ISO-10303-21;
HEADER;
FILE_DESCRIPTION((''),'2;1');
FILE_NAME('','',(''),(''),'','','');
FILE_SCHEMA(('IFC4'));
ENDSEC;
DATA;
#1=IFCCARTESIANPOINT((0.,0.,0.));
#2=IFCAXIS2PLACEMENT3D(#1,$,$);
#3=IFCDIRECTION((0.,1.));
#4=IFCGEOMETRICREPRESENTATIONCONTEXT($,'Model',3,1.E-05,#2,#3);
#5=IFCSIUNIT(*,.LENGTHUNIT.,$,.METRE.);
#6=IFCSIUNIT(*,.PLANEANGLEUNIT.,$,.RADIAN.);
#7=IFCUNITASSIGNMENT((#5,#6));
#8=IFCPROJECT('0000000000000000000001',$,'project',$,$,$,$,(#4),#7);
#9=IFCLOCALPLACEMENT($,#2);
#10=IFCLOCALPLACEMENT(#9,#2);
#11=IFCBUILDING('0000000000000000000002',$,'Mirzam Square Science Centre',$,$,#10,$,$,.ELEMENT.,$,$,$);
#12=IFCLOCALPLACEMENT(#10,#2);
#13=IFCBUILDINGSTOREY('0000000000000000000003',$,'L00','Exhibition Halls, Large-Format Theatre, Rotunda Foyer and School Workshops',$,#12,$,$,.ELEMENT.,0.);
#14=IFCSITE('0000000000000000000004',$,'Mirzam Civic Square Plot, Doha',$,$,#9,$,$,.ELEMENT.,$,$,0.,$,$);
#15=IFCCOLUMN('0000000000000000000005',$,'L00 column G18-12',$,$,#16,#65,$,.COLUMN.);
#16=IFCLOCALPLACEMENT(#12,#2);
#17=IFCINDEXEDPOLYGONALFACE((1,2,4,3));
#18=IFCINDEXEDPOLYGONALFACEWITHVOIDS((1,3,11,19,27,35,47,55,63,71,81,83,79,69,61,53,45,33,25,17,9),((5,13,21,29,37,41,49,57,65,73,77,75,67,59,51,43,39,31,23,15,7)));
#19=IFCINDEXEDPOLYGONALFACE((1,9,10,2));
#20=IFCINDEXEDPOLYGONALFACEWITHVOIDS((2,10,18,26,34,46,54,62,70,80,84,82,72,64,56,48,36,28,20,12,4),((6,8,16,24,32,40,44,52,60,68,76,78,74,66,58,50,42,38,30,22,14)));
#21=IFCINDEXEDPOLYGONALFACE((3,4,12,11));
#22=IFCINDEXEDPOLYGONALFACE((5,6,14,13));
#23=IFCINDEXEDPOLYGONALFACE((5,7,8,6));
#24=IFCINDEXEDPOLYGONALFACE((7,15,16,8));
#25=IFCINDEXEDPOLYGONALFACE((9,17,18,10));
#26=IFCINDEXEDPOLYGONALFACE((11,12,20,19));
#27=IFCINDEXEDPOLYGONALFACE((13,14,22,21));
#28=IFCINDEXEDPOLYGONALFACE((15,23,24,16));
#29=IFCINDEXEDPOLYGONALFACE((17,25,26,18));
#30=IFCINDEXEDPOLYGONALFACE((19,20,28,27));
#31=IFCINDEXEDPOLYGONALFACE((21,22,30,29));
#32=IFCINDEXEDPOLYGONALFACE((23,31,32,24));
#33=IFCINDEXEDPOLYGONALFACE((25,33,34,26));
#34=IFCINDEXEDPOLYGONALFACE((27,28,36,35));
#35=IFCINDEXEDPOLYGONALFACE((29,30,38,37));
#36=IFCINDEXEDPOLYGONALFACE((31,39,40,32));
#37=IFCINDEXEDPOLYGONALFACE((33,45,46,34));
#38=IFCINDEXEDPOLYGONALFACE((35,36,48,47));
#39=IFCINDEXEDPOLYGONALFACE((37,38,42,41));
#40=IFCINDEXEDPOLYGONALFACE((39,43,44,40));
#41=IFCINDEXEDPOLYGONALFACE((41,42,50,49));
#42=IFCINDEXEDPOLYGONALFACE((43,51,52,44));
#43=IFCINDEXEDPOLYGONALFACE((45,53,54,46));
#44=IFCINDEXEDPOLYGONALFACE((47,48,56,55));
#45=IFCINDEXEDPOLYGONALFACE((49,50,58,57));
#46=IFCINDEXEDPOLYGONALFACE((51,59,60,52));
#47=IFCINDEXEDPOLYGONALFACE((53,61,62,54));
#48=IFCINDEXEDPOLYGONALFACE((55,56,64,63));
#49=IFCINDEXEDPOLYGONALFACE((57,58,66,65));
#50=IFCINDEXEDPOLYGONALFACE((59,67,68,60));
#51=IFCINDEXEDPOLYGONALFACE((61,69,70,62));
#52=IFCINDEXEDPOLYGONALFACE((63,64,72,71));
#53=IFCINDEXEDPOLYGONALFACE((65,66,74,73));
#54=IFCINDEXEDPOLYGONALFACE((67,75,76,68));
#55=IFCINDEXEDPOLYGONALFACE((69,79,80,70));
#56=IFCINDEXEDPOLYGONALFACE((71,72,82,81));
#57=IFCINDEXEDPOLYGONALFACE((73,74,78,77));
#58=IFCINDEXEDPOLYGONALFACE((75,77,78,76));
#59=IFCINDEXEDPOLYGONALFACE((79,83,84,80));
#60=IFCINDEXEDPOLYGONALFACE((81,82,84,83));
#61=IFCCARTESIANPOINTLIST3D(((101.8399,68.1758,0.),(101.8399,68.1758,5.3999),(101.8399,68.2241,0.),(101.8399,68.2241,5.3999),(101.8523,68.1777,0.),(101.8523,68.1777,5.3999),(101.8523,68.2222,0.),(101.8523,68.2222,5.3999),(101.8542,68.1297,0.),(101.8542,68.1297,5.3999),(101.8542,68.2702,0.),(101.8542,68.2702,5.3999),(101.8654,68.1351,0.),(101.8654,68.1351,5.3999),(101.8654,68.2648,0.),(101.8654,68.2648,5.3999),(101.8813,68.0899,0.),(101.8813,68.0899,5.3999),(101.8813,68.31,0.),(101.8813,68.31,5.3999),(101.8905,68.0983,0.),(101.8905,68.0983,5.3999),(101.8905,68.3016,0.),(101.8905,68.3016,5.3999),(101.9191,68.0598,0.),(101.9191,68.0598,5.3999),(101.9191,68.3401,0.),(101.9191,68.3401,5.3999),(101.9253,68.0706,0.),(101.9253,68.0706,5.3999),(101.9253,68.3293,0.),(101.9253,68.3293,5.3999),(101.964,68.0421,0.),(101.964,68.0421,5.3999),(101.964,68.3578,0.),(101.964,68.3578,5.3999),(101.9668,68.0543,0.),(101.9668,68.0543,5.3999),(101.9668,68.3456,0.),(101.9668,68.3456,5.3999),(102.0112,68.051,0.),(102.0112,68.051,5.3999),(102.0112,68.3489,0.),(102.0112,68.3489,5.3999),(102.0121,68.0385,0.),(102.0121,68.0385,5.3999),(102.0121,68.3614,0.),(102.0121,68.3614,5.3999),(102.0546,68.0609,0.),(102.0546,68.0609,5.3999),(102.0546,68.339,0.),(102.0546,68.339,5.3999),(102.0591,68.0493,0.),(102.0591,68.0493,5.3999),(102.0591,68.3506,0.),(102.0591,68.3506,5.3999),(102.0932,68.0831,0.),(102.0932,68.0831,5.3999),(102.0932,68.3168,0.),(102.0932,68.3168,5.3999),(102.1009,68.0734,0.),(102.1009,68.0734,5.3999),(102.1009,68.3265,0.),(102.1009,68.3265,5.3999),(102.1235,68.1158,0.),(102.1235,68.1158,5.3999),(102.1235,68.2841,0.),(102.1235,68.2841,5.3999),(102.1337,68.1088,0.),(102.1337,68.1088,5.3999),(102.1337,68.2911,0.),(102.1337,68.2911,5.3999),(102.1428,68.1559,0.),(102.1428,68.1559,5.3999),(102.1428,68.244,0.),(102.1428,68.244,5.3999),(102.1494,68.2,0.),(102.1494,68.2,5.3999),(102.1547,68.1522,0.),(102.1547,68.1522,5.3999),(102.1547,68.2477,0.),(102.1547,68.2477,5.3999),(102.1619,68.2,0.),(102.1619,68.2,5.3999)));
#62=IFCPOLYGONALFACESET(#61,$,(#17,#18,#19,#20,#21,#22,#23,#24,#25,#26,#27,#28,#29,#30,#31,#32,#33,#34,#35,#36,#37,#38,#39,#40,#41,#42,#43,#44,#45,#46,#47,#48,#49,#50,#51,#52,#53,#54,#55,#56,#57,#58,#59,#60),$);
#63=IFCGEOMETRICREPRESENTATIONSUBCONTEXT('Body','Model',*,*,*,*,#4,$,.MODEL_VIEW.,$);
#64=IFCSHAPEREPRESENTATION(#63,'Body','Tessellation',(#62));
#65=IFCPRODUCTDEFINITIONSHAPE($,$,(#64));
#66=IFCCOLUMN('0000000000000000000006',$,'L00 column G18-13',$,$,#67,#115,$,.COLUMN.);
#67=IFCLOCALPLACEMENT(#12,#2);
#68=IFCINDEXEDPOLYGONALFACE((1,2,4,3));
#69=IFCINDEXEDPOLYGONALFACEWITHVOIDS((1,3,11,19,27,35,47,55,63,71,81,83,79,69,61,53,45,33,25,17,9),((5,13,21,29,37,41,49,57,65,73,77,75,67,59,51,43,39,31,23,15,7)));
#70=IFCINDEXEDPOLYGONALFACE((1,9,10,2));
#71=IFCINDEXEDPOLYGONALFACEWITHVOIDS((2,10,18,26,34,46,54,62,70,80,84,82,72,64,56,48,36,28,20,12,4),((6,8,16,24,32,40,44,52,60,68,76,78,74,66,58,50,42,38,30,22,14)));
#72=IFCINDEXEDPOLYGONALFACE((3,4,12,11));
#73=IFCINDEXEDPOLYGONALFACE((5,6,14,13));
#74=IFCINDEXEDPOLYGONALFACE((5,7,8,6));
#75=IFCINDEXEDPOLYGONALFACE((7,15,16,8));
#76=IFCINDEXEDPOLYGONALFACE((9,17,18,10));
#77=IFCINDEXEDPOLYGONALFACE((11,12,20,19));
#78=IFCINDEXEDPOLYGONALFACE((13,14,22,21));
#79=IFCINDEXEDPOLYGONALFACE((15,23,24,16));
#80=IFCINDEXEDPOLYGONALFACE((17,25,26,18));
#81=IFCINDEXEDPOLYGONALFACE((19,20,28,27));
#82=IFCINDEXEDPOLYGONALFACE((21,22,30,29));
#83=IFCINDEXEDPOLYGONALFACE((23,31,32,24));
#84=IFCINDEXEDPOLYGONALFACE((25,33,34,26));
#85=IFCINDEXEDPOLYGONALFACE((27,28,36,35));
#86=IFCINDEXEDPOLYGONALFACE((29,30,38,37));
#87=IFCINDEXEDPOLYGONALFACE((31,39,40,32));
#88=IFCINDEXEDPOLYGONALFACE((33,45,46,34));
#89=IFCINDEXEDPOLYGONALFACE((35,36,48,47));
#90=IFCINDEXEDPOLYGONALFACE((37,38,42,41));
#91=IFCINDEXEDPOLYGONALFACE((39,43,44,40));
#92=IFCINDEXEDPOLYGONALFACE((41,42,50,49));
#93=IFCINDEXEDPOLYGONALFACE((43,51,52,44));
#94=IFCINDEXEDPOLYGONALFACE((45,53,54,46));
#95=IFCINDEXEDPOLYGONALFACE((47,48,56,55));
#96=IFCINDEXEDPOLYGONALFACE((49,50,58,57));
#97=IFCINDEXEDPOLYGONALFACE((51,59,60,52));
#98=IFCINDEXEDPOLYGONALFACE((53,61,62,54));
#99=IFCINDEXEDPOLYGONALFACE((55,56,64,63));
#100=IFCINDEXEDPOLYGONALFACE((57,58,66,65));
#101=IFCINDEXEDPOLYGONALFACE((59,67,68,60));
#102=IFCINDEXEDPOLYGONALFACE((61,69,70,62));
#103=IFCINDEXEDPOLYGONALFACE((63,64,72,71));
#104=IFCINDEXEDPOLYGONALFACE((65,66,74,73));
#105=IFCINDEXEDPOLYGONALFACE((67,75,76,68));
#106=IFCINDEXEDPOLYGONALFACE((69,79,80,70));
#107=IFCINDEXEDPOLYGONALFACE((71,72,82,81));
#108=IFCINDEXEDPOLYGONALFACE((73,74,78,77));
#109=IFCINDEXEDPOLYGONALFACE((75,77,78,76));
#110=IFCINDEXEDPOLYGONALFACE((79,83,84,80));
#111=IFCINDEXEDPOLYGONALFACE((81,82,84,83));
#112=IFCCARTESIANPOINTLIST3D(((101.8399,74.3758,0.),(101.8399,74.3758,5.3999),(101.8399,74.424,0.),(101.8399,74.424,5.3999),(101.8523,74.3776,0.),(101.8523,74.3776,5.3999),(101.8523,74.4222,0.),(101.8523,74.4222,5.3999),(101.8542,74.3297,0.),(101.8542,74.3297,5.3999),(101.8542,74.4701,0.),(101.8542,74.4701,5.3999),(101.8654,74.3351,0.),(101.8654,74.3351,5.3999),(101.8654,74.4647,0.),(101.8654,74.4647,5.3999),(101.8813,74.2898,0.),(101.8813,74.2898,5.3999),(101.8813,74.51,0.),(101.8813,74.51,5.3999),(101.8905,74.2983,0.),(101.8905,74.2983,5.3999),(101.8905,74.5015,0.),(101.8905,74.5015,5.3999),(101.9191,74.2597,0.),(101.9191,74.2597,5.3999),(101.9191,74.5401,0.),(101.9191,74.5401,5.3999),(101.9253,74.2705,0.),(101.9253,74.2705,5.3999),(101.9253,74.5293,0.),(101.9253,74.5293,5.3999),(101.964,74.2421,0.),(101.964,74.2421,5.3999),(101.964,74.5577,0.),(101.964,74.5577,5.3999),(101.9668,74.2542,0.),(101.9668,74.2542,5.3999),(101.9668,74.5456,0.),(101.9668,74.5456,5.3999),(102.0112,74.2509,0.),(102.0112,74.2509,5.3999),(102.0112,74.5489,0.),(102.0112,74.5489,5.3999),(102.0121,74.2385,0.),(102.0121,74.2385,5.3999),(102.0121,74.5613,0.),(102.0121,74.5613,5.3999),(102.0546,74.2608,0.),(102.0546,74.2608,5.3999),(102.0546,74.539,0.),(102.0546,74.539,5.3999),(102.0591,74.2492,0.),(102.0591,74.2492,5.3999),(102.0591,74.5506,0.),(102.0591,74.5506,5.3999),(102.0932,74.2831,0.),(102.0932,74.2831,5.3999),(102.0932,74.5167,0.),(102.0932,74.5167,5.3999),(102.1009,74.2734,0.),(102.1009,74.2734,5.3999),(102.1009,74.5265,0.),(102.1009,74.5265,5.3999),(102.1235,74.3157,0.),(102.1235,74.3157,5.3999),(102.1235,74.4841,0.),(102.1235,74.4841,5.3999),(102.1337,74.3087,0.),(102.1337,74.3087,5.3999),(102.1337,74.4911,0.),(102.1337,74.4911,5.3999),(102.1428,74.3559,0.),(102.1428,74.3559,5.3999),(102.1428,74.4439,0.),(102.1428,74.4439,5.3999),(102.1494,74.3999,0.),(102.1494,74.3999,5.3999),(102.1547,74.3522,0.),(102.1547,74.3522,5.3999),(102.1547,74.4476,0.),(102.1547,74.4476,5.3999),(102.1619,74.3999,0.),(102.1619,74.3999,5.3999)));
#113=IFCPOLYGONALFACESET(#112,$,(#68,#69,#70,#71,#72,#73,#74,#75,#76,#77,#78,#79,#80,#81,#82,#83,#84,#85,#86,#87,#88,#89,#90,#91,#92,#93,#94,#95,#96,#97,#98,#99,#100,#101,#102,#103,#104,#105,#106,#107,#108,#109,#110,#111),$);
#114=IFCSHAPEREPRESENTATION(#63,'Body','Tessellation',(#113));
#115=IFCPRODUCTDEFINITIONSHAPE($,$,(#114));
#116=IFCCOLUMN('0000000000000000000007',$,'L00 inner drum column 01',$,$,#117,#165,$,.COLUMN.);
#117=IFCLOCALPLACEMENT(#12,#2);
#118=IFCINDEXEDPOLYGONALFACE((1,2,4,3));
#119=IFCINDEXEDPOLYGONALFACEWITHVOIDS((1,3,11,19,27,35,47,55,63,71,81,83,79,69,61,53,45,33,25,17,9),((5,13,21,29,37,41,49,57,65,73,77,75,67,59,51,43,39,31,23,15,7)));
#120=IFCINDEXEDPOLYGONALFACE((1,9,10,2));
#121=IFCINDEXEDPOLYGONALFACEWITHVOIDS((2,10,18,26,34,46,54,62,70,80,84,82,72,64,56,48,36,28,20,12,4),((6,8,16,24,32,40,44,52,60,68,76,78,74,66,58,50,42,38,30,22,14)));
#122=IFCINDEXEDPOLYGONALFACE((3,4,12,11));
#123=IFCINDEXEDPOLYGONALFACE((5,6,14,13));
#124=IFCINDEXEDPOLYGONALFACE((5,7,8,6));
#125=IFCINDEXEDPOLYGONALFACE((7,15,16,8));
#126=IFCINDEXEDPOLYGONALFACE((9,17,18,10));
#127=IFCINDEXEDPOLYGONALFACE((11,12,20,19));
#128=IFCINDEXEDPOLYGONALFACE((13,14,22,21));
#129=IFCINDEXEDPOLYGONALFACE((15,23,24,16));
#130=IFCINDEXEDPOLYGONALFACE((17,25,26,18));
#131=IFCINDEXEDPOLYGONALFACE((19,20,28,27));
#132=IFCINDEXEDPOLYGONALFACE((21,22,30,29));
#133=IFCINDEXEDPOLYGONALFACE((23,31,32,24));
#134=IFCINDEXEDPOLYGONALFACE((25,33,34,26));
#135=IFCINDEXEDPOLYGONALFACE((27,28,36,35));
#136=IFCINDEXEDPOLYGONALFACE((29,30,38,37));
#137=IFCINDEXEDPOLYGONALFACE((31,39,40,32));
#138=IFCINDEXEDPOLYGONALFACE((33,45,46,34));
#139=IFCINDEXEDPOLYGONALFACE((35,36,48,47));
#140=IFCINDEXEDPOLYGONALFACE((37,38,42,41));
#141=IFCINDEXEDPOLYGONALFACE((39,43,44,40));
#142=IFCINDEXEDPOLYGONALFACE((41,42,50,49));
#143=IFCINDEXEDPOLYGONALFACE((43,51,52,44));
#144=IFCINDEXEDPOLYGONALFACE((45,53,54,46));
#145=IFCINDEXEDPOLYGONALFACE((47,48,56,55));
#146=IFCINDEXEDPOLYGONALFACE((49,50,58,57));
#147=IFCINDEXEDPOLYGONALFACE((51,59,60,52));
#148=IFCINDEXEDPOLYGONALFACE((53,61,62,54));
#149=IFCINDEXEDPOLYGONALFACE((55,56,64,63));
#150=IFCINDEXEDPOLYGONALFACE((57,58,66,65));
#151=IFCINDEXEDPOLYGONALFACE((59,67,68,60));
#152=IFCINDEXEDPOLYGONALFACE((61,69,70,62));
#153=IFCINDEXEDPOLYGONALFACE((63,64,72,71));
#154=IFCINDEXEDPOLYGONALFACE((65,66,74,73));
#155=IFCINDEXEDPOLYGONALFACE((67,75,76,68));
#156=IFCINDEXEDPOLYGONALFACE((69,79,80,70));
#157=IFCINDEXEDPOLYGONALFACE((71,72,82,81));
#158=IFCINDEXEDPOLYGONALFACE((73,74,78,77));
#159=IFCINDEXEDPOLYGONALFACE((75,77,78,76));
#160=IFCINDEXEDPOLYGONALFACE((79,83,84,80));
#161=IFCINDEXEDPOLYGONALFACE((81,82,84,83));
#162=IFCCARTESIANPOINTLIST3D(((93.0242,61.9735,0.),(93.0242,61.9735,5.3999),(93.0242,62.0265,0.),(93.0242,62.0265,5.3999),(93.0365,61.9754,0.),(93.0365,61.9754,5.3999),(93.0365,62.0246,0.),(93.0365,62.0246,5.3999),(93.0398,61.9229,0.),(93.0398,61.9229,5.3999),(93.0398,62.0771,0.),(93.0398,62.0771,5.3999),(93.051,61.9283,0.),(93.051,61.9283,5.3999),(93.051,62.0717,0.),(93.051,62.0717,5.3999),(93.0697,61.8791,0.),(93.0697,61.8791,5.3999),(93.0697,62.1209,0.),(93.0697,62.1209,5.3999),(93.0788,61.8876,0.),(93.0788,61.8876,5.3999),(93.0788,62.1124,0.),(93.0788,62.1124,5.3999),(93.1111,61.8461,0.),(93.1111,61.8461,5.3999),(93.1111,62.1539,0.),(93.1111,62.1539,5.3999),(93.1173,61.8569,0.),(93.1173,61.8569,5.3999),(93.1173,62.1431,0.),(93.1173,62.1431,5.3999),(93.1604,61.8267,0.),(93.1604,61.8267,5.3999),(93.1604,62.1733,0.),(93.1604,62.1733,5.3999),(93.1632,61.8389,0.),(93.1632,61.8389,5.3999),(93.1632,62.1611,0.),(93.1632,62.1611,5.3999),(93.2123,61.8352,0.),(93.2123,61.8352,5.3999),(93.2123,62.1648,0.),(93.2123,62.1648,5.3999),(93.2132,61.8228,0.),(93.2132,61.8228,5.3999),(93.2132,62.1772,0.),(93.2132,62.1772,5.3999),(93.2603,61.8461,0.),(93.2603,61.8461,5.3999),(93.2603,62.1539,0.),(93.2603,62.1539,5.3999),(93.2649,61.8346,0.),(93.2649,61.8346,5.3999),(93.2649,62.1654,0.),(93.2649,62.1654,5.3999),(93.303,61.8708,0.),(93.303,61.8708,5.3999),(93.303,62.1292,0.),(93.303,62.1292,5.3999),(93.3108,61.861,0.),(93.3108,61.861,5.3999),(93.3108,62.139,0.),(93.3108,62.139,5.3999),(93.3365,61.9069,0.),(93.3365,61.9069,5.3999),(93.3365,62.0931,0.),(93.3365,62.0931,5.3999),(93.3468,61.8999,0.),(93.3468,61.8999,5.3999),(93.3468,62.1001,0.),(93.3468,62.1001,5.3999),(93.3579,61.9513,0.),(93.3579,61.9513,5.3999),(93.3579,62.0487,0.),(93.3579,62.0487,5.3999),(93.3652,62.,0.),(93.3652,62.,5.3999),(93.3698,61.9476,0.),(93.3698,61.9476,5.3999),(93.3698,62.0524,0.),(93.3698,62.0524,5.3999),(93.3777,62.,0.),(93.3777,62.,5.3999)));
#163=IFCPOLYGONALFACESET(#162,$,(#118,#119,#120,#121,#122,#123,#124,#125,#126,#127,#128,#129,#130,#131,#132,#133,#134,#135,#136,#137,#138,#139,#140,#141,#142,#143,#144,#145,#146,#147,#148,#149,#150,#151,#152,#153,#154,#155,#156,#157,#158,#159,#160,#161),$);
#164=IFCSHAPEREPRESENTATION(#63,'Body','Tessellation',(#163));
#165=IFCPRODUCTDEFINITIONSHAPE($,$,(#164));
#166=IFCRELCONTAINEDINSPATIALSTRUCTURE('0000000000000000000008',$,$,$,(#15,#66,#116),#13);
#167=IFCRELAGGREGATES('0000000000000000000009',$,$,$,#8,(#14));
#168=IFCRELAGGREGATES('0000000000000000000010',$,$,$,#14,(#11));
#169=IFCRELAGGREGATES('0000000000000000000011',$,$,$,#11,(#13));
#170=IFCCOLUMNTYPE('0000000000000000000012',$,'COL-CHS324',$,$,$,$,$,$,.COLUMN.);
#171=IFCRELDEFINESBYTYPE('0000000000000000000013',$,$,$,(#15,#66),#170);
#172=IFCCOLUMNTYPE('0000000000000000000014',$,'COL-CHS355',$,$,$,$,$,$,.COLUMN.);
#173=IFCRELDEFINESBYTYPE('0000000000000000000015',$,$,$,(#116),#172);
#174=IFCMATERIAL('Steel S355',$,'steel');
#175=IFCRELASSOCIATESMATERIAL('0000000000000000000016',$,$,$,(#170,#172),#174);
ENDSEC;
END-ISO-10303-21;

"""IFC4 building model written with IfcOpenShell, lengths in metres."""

from ifc_helpers import new_model, si_unit, direction, frame, origin, origin_2d, place, context, subcontext, project, spatial, hollow_circle, extrude, material, material_profile, profile_set, type_object, element, save


model = new_model("IFC4")

# Units and contexts
model_context = context("Model", 3, precision=1e-05, world=origin(), true_north=direction((0.0, 1.0)))
body_context = subcontext(model_context, "Body", "Model", "MODEL_VIEW")
ifc_project = project(units=[si_unit("LENGTHUNIT", "METRE"), si_unit("PLANEANGLEUNIT", "RADIAN")], contexts=[model_context])

# Site, building, storey
site_placement = place(None, origin())
site = spatial("IfcSite", under=ifc_project, at=site_placement, Name="Mirzam Civic Square Plot, Doha", CompositionType="ELEMENT", RefElevation=0.0)
building_placement = place(site_placement, origin())
building = spatial("IfcBuilding", under=site, at=building_placement, Name="Mirzam Square Science Centre", CompositionType="ELEMENT")
storey_placement = place(building_placement, origin())
storey = spatial("IfcBuildingStorey", under=building, at=storey_placement, Name="L00", Description="Exhibition Halls, Large-Format Theatre, Rotunda Foyer and School Workshops", CompositionType="ELEMENT", Elevation=0.0)

# Columns
ifc_material_1 = material(Name="Steel S355", Category="steel")
ifc_material_profile_1 = material_profile(ifc_material_1, hollow_circle(Radius=0.1619, WallThickness=0.0125, at=origin_2d()), Name="323.9x12.5CHS")
ifc_profile_set_1 = profile_set([ifc_material_profile_1], Name="Steel S355")
column_type_1 = type_object("IfcColumnType", Name="COL-CHS324", PredefinedType="COLUMN", material=ifc_profile_set_1)
for number, where, z_axis, x_axis, name in (
    (1, (102.0, 68.2, 0.0), (0.0, 0.0, 1.0), (1.0, 0.0, 0.0), "L00 column G18-12"),
    (2, (102.0, 74.3999, 0.0), (0.0, 0.0, 1.0), (1.0, 0.0, 0.0), "L00 column G18-13"),
):
    element("IfcColumn", number, at=place(storey_placement, frame(where, z_axis=z_axis, x_axis=x_axis)), inside=storey, type_object=column_type_1, Name=name, PredefinedType="COLUMN", context=body_context, shape_type="SweptSolid", body=[
        extrude(hollow_circle(Radius=0.1619, WallThickness=0.0125, at=origin_2d()), origin(), (0.0, 0.0, 1.0), 5.3999),
    ])
ifc_material_profile_2 = material_profile(ifc_material_1, hollow_circle(Radius=0.1777, WallThickness=0.0125, at=origin_2d()), Name="355.6x12.5CHS")
ifc_profile_set_2 = profile_set([ifc_material_profile_2], Name="Steel S355")
column_type_2 = type_object("IfcColumnType", Name="COL-CHS355", PredefinedType="COLUMN", material=ifc_profile_set_2)
for number, where, z_axis, x_axis, name in (
    (3, (93.2, 62.0, 0.0), (0.0, 0.0, 1.0), (1.0, 0.0, 0.0), "L00 inner drum column 01"),
):
    element("IfcColumn", number, at=place(storey_placement, frame(where, z_axis=z_axis, x_axis=x_axis)), inside=storey, type_object=column_type_2, Name=name, PredefinedType="COLUMN", context=body_context, shape_type="SweptSolid", body=[
        extrude(hollow_circle(Radius=0.1777, WallThickness=0.0125, at=origin_2d()), origin(), (0.0, 0.0, 1.0), 5.3999),
    ])

save(model, "model.ifc")
